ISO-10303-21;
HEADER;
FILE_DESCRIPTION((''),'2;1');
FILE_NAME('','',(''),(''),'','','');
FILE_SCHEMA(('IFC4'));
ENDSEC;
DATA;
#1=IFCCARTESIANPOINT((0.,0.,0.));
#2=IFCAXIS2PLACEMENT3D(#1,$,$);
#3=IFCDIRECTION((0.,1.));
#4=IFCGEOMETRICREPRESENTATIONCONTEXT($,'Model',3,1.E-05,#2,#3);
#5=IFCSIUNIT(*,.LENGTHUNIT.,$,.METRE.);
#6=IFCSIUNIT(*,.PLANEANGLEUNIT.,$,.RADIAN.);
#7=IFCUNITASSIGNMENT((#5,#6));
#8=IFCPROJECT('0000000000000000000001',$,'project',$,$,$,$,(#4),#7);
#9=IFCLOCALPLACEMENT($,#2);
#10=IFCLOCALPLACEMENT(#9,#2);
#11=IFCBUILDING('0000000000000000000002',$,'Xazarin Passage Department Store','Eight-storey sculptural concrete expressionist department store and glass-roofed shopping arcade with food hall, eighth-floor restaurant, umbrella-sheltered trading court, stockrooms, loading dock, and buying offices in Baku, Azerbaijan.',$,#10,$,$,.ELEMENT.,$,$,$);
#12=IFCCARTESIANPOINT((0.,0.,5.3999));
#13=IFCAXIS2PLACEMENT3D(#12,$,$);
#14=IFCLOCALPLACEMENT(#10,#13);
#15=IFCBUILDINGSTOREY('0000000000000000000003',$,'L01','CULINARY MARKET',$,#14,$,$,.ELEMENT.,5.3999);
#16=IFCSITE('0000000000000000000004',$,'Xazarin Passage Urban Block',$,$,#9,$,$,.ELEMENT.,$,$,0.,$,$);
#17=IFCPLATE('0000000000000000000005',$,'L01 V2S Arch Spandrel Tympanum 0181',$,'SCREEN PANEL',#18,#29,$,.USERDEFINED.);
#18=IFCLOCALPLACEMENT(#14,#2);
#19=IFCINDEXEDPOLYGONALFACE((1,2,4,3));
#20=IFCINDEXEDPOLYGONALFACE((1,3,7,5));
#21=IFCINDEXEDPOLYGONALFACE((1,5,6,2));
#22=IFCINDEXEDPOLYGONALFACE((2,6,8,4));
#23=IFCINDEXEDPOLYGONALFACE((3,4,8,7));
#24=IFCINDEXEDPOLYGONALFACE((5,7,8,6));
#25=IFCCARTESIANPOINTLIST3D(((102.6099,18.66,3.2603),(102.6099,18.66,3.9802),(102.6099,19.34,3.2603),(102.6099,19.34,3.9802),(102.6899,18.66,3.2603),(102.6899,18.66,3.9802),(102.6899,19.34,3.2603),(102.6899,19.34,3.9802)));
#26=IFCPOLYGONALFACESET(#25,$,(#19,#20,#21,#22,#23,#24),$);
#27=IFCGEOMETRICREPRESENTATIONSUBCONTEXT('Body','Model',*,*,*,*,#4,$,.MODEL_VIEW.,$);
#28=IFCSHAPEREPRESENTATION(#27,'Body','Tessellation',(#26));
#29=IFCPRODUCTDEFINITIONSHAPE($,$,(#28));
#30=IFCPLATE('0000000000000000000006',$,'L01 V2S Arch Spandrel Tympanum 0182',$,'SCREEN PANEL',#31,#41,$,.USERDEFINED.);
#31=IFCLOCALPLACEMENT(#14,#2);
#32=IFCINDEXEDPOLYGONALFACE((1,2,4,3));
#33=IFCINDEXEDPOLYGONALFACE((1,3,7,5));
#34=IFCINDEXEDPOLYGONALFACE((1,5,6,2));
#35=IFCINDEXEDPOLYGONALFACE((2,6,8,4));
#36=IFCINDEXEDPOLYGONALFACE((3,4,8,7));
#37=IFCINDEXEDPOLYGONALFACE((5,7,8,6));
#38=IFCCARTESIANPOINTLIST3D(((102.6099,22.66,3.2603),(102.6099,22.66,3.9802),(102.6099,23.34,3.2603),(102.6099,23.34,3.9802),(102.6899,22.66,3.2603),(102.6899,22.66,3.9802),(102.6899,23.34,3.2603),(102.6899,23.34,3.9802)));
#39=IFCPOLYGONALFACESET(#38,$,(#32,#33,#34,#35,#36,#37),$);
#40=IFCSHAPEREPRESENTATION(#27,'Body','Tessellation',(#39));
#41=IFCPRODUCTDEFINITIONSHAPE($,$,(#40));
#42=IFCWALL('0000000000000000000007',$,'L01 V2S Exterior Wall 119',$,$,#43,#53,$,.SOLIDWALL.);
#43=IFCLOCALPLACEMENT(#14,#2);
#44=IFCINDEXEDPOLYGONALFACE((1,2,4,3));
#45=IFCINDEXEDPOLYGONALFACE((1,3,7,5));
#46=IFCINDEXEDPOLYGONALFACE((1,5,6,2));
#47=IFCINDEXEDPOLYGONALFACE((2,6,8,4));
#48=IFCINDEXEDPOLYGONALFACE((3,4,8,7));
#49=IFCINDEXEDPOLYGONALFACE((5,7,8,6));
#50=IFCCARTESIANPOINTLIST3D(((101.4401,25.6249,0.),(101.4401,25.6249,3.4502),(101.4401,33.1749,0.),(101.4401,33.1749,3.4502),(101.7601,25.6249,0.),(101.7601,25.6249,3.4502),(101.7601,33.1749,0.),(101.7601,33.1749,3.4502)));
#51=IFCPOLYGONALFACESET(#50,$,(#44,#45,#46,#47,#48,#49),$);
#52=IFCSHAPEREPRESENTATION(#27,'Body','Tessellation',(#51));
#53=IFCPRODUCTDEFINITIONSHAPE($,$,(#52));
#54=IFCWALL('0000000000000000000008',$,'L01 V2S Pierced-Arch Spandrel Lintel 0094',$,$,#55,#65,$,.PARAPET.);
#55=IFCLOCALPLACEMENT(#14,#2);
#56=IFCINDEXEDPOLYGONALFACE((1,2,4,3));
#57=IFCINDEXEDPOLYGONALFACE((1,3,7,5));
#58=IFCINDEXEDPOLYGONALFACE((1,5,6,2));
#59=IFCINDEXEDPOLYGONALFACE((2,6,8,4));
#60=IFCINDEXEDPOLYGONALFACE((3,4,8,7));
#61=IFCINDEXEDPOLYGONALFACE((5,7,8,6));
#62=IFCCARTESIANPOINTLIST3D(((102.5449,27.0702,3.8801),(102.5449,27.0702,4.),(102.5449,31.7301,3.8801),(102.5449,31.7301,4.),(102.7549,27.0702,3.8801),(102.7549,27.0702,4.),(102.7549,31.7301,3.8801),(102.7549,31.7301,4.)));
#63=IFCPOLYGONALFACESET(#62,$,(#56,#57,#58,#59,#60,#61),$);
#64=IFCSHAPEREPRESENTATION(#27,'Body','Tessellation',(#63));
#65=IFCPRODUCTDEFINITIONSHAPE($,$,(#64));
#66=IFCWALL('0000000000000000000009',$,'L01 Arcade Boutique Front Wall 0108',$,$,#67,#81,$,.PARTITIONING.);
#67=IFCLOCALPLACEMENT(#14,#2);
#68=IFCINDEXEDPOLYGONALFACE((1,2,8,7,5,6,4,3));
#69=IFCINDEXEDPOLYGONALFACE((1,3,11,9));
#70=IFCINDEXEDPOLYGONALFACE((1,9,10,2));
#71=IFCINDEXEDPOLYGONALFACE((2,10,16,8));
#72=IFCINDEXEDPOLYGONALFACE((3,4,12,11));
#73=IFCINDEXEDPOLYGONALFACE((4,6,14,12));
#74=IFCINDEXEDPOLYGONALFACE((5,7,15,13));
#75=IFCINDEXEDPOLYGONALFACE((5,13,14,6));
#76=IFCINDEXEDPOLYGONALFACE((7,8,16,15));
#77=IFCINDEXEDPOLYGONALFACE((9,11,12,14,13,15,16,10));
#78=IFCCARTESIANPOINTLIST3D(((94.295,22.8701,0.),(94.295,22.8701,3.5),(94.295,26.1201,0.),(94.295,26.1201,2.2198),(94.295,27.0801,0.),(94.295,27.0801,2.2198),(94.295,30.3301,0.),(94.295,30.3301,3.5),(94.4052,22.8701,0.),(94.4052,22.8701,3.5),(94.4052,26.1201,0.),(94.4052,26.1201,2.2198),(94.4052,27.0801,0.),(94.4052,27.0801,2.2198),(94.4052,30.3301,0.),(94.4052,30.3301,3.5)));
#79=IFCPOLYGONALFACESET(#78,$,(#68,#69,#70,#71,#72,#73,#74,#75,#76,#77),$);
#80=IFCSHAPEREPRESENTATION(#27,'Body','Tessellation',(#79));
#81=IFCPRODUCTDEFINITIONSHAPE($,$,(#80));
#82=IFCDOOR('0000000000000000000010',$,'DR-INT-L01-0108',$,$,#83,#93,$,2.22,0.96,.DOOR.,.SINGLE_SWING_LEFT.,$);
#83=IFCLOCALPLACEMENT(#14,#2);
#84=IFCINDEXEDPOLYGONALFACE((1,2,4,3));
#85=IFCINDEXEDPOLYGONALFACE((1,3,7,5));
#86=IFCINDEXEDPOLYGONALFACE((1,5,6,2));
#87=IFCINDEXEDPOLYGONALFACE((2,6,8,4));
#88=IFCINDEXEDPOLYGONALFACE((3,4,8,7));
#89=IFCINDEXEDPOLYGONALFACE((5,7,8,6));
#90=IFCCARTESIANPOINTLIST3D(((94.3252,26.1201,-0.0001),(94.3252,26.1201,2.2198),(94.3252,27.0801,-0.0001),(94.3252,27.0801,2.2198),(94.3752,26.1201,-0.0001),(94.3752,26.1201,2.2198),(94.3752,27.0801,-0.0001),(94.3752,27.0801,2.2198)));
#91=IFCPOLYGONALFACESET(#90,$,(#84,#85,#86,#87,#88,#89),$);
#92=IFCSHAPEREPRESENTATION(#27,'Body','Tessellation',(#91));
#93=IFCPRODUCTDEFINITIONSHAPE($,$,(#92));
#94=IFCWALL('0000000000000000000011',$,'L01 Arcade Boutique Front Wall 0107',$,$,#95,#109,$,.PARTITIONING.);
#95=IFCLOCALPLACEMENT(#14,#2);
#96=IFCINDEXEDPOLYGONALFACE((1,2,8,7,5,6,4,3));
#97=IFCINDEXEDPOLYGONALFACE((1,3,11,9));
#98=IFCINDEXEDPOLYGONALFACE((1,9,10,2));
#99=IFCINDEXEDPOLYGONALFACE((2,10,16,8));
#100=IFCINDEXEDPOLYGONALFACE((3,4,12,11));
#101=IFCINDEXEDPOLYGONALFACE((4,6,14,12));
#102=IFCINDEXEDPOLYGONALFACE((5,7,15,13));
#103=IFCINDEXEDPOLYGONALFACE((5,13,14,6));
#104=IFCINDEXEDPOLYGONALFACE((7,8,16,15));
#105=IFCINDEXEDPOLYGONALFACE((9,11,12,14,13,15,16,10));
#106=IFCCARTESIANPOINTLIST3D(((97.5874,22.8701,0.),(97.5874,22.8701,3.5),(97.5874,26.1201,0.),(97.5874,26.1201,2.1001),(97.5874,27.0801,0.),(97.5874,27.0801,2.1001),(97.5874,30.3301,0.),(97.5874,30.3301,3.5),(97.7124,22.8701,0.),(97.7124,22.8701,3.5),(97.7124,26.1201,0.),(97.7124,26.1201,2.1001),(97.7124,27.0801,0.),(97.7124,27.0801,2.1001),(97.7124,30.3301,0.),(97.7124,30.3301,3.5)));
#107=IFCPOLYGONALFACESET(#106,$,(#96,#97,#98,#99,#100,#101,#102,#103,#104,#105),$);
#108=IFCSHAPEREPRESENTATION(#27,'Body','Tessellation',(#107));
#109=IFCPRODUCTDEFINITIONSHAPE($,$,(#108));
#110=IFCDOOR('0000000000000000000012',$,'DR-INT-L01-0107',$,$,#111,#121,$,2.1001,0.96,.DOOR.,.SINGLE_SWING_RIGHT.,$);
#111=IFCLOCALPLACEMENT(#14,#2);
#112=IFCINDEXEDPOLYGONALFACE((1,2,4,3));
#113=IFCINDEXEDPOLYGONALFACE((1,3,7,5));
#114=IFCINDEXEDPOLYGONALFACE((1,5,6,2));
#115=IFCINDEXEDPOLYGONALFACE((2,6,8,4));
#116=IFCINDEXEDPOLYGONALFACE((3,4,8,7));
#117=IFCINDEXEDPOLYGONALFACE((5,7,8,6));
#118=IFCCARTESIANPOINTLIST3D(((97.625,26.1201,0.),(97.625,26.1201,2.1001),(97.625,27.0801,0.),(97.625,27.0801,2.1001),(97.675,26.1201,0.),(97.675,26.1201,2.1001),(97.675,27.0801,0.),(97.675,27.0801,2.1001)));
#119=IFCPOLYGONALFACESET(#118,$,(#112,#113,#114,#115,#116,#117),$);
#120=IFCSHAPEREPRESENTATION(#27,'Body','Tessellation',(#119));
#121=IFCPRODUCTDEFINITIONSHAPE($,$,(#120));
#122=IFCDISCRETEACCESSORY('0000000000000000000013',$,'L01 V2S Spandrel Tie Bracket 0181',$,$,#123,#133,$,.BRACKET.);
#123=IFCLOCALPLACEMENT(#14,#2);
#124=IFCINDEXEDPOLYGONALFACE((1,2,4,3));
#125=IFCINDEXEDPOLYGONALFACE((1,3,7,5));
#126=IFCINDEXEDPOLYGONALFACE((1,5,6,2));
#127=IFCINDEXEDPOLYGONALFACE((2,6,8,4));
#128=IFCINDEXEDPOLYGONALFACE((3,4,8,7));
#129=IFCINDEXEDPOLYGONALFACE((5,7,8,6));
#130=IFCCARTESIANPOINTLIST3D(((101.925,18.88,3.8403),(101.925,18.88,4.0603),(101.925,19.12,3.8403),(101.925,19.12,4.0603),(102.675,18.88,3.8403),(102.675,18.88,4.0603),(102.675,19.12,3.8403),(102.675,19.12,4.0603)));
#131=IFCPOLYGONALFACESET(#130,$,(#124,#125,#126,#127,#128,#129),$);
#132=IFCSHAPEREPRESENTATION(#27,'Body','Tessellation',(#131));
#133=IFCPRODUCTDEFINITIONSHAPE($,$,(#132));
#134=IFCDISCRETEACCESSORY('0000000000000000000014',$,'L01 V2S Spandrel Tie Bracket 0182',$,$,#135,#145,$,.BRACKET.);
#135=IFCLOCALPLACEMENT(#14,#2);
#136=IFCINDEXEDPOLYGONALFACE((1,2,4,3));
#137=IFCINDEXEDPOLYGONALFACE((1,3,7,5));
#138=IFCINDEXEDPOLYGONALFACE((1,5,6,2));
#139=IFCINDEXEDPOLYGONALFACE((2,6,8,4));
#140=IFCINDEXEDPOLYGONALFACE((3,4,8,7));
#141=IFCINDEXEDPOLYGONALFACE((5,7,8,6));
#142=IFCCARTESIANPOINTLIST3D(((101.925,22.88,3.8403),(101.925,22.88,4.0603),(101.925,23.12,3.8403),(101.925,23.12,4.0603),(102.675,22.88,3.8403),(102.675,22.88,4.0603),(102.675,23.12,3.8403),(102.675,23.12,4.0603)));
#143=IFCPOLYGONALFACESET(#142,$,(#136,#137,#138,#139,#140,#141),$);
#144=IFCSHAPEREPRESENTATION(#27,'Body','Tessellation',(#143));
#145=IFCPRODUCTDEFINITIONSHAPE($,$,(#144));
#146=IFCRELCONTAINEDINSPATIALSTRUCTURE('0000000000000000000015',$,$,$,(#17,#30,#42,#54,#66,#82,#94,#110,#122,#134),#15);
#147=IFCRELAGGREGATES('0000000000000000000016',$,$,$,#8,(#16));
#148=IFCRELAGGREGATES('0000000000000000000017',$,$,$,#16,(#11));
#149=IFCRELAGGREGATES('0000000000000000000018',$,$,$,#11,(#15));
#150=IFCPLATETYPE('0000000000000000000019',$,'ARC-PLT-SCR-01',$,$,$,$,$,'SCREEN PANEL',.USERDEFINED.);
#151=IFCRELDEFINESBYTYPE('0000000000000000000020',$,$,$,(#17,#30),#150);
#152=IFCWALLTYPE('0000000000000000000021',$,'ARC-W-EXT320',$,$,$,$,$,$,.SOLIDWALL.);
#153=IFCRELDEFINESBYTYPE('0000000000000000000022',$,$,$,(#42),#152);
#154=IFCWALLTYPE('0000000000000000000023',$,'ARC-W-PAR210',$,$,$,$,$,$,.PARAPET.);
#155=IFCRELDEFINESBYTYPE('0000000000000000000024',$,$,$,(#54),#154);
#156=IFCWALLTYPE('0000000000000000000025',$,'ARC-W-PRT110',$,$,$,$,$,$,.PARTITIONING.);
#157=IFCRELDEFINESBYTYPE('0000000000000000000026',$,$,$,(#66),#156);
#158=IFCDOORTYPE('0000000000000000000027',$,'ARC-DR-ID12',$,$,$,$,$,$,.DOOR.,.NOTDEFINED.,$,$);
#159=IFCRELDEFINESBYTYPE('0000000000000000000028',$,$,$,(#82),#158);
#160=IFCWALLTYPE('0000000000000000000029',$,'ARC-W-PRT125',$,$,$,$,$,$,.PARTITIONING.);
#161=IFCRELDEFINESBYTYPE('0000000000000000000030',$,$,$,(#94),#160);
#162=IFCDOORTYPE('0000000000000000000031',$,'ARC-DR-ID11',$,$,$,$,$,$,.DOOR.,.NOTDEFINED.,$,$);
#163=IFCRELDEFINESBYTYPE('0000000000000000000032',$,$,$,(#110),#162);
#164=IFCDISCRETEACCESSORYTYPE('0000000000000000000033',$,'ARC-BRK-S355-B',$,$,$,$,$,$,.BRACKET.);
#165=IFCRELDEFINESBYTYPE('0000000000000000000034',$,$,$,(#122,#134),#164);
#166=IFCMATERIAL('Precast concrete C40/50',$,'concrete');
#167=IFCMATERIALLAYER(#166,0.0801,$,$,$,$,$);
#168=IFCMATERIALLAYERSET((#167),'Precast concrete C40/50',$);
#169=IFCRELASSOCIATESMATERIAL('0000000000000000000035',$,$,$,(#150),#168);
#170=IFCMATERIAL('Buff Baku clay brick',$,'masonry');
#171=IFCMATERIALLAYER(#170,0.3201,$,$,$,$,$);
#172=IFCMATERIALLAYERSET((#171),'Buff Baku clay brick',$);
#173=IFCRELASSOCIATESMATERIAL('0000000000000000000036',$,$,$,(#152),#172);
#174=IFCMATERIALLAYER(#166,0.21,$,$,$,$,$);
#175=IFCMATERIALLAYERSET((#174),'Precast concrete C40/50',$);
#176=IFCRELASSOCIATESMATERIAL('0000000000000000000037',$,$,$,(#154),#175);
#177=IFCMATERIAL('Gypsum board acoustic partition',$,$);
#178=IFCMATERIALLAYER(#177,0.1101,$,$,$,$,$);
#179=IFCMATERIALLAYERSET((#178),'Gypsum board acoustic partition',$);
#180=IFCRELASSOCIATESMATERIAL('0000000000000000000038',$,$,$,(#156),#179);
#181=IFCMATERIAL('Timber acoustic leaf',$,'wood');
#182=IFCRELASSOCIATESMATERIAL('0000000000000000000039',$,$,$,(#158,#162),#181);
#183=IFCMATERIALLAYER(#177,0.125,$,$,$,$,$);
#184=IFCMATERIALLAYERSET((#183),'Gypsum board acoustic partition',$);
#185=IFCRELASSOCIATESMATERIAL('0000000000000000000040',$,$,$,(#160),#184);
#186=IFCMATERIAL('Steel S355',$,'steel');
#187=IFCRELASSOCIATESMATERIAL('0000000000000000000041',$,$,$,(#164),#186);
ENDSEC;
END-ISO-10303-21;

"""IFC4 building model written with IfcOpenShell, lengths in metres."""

from ifc_helpers import new_model, si_unit, direction, frame, frame_2d, origin, origin_2d, place, context, subcontext, project, spatial, rectangle, extrude, material, layer, layer_set, type_object, element, fill, save


model = new_model("IFC4")

# Units and contexts
model_context = context("Model", 3, precision=1e-05, world=origin(), true_north=direction((0.0, 1.0)))
body_context = subcontext(model_context, "Body", "Model", "MODEL_VIEW")
ifc_project = project(units=[si_unit("LENGTHUNIT", "METRE"), si_unit("PLANEANGLEUNIT", "RADIAN")], contexts=[model_context])

# Site, building, storey
site_placement = place(None, origin())
site = spatial("IfcSite", under=ifc_project, at=site_placement, Name="Xazarin Passage Urban Block", CompositionType="ELEMENT", RefElevation=0.0)
building_placement = place(site_placement, origin())
building = spatial("IfcBuilding", under=site, at=building_placement, Name="Xazarin Passage Department Store", Description="Eight-storey sculptural concrete expressionist department store and glass-roofed shopping arcade with food hall, eighth-floor restaurant, umbrella-sheltered trading court, stockrooms, loading dock, and buying offices in Baku, Azerbaijan.", CompositionType="ELEMENT")
storey_placement = place(building_placement, frame((0.0, 0.0, 5.3999)))
storey = spatial("IfcBuildingStorey", under=building, at=storey_placement, Name="L01", Description="CULINARY MARKET", CompositionType="ELEMENT", Elevation=5.3999)

# Plates
ifc_material_1 = material(Name="Precast concrete C40/50", Category="concrete")
ifc_layer_1 = layer(ifc_material_1, 0.0801)
ifc_layer_set_1 = layer_set([ifc_layer_1], Name="Precast concrete C40/50")
plate_type = type_object("IfcPlateType", Name="ARC-PLT-SCR-01", ElementType="SCREEN PANEL", PredefinedType="USERDEFINED", material=ifc_layer_set_1)
for number, where, z_axis, x_axis, name in (
    (1, (102.6499, 19.0, 3.2603), (0.0, 0.0, 1.0), (0.0, 1.0, 0.0), "L01 V2S Arch Spandrel Tympanum 0181"),
    (2, (102.6499, 23.0, 3.2603), (0.0, 0.0, 1.0), (0.0, 1.0, 0.0), "L01 V2S Arch Spandrel Tympanum 0182"),
):
    element("IfcPlate", number, at=place(storey_placement, frame(where, z_axis=z_axis, x_axis=x_axis)), inside=storey, type_object=plate_type, Name=name, ObjectType="SCREEN PANEL", PredefinedType="USERDEFINED", context=body_context, shape_type="SweptSolid", body=[
        extrude(rectangle(XDim=0.6799, YDim=0.0801, at=origin_2d()), origin(), (0.0, 0.0, 1.0), 0.72),
    ])

# Walls
ifc_material_2 = material(Name="Buff Baku clay brick", Category="masonry")
ifc_layer_2 = layer(ifc_material_2, 0.3201)
ifc_layer_set_2 = layer_set([ifc_layer_2], Name="Buff Baku clay brick")
wall_type_1 = type_object("IfcWallType", Name="ARC-W-EXT320", PredefinedType="SOLIDWALL", material=ifc_layer_set_2)
wall_1_placement = place(storey_placement, frame((101.6001, 25.625, 0.0), z_axis=(0.0, 0.0, 1.0), x_axis=(0.0, 1.0, 0.0)))
element("IfcWall", 3, at=wall_1_placement, inside=storey, type_object=wall_type_1, Name="L01 V2S Exterior Wall 119", PredefinedType="SOLIDWALL", context=body_context, shape_type="SweptSolid", body=[
    extrude(rectangle(XDim=7.55, YDim=0.3201, at=frame_2d((3.7749, 0.0))), origin(), (0.0, 0.0, 1.0), 3.4502),
])
ifc_layer_3 = layer(ifc_material_1, 0.21)
ifc_layer_set_3 = layer_set([ifc_layer_3], Name="Precast concrete C40/50")
wall_type_2 = type_object("IfcWallType", Name="ARC-W-PAR210", PredefinedType="PARAPET", material=ifc_layer_set_3)
wall_2_placement = place(storey_placement, frame((102.6499, 27.0701, 3.8801), z_axis=(0.0, 0.0, 1.0), x_axis=(0.0, 1.0, 0.0)))
element("IfcWall", 4, at=wall_2_placement, inside=storey, type_object=wall_type_2, Name="L01 V2S Pierced-Arch Spandrel Lintel 0094", PredefinedType="PARAPET", context=body_context, shape_type="SweptSolid", body=[
    extrude(rectangle(XDim=4.6599, YDim=0.21, at=frame_2d((2.3301, 0.0))), origin(), (0.0, 0.0, 1.0), 0.1199),
])

# Walls, openings, doors
ifc_material_3 = material(Name="Gypsum board acoustic partition")
ifc_layer_4 = layer(ifc_material_3, 0.1101)
ifc_layer_set_4 = layer_set([ifc_layer_4], Name="Gypsum board acoustic partition")
wall_type_3 = type_object("IfcWallType", Name="ARC-W-PRT110", PredefinedType="PARTITIONING", material=ifc_layer_set_4)
wall_3_placement = place(storey_placement, frame((94.3501, 22.8701, 0.0), z_axis=(0.0, 0.0, 1.0), x_axis=(0.0, 1.0, 0.0)))
wall_3 = element("IfcWall", 5, at=wall_3_placement, inside=storey, type_object=wall_type_3, Name="L01 Arcade Boutique Front Wall 0108", PredefinedType="PARTITIONING", context=body_context, shape_type="SweptSolid", body=[
    extrude(rectangle(XDim=7.46, YDim=0.1101, at=frame_2d((3.73, 0.0))), origin(), (0.0, 0.0, 1.0), 3.5),
])
opening_1_placement = place(wall_3_placement, frame((3.25, 0.0, 0.0)))
opening_1 = element("IfcOpeningElement", 6, at=opening_1_placement, cuts=wall_3, PredefinedType="OPENING", context=body_context, shape_type="SweptSolid", body=[
    extrude(rectangle(XDim=0.96, YDim=2.22, at=frame_2d((0.48, 1.1099))), frame((0.0, 0.0649, 0.0), z_axis=(0.0, -1.0, 0.0), x_axis=(1.0, 0.0, 0.0)), (0.0, 0.0, 1.0), 0.1301),
])
ifc_material_4 = material(Name="Timber acoustic leaf", Category="wood")
door_type_1 = type_object("IfcDoorType", Name="ARC-DR-ID12", OperationType="NOTDEFINED", PredefinedType="DOOR", material=ifc_material_4)
door_1_placement = place(opening_1_placement, origin())
door_1 = element("IfcDoor", 7, at=door_1_placement, inside=storey, type_object=door_type_1, Name="DR-INT-L01-0108", OperationType="SINGLE_SWING_LEFT", OverallHeight=2.22, OverallWidth=0.96, PredefinedType="DOOR", context=body_context, shape_type="SweptSolid", body=[
    extrude(rectangle(XDim=0.96, YDim=2.22, at=frame_2d((0.48, 1.1099))), frame((0.0, 0.0249, 0.0), z_axis=(0.0, -1.0, 0.0), x_axis=(1.0, 0.0, 0.0)), (0.0, 0.0, 1.0), 0.05),
])
fill(opening_1, door_1)
ifc_layer_5 = layer(ifc_material_3, 0.125)
ifc_layer_set_5 = layer_set([ifc_layer_5], Name="Gypsum board acoustic partition")
wall_type_4 = type_object("IfcWallType", Name="ARC-W-PRT125", PredefinedType="PARTITIONING", material=ifc_layer_set_5)
wall_4_placement = place(storey_placement, frame((97.6499, 22.8701, 0.0), z_axis=(0.0, 0.0, 1.0), x_axis=(0.0, 1.0, 0.0)))
wall_4 = element("IfcWall", 8, at=wall_4_placement, inside=storey, type_object=wall_type_4, Name="L01 Arcade Boutique Front Wall 0107", PredefinedType="PARTITIONING", context=body_context, shape_type="SweptSolid", body=[
    extrude(rectangle(XDim=7.46, YDim=0.125, at=frame_2d((3.73, 0.0))), origin(), (0.0, 0.0, 1.0), 3.5),
])
opening_2_placement = place(wall_4_placement, frame((3.25, 0.0, 0.0)))
opening_2 = element("IfcOpeningElement", 9, at=opening_2_placement, cuts=wall_4, PredefinedType="OPENING", context=body_context, shape_type="SweptSolid", body=[
    extrude(rectangle(XDim=0.96, YDim=2.1001, at=frame_2d((0.48, 1.05))), frame((0.0, 0.0725, 0.0), z_axis=(0.0, -1.0, 0.0), x_axis=(1.0, 0.0, 0.0)), (0.0, 0.0, 1.0), 0.145),
])
door_type_2 = type_object("IfcDoorType", Name="ARC-DR-ID11", OperationType="NOTDEFINED", PredefinedType="DOOR", material=ifc_material_4)
door_2_placement = place(opening_2_placement, origin())
door_2 = element("IfcDoor", 10, at=door_2_placement, inside=storey, type_object=door_type_2, Name="DR-INT-L01-0107", OperationType="SINGLE_SWING_RIGHT", OverallHeight=2.1001, OverallWidth=0.96, PredefinedType="DOOR", context=body_context, shape_type="SweptSolid", body=[
    extrude(rectangle(XDim=0.96, YDim=2.1001, at=frame_2d((0.48, 1.05))), frame((0.0, 0.0249, 0.0), z_axis=(0.0, -1.0, 0.0), x_axis=(1.0, 0.0, 0.0)), (0.0, 0.0, 1.0), 0.05),
])
fill(opening_2, door_2)

# Discrete accessories
ifc_material_5 = material(Name="Steel S355", Category="steel")
discrete_accessory_type = type_object("IfcDiscreteAccessoryType", Name="ARC-BRK-S355-B", PredefinedType="BRACKET", material=ifc_material_5)
for number, where, z_axis, x_axis, name in (
    (11, (102.3, 19.0, 3.8403), (0.0, 0.0, 1.0), (0.0, 1.0, 0.0), "L01 V2S Spandrel Tie Bracket 0181"),
    (12, (102.3, 23.0, 3.8403), (0.0, 0.0, 1.0), (0.0, 1.0, 0.0), "L01 V2S Spandrel Tie Bracket 0182"),
):
    element("IfcDiscreteAccessory", number, at=place(storey_placement, frame(where, z_axis=z_axis, x_axis=x_axis)), inside=storey, type_object=discrete_accessory_type, Name=name, PredefinedType="BRACKET", context=body_context, shape_type="SweptSolid", body=[
        extrude(rectangle(XDim=0.24, YDim=0.75, at=origin_2d()), origin(), (0.0, 0.0, 1.0), 0.22),
    ])

save(model, "model.ifc")
